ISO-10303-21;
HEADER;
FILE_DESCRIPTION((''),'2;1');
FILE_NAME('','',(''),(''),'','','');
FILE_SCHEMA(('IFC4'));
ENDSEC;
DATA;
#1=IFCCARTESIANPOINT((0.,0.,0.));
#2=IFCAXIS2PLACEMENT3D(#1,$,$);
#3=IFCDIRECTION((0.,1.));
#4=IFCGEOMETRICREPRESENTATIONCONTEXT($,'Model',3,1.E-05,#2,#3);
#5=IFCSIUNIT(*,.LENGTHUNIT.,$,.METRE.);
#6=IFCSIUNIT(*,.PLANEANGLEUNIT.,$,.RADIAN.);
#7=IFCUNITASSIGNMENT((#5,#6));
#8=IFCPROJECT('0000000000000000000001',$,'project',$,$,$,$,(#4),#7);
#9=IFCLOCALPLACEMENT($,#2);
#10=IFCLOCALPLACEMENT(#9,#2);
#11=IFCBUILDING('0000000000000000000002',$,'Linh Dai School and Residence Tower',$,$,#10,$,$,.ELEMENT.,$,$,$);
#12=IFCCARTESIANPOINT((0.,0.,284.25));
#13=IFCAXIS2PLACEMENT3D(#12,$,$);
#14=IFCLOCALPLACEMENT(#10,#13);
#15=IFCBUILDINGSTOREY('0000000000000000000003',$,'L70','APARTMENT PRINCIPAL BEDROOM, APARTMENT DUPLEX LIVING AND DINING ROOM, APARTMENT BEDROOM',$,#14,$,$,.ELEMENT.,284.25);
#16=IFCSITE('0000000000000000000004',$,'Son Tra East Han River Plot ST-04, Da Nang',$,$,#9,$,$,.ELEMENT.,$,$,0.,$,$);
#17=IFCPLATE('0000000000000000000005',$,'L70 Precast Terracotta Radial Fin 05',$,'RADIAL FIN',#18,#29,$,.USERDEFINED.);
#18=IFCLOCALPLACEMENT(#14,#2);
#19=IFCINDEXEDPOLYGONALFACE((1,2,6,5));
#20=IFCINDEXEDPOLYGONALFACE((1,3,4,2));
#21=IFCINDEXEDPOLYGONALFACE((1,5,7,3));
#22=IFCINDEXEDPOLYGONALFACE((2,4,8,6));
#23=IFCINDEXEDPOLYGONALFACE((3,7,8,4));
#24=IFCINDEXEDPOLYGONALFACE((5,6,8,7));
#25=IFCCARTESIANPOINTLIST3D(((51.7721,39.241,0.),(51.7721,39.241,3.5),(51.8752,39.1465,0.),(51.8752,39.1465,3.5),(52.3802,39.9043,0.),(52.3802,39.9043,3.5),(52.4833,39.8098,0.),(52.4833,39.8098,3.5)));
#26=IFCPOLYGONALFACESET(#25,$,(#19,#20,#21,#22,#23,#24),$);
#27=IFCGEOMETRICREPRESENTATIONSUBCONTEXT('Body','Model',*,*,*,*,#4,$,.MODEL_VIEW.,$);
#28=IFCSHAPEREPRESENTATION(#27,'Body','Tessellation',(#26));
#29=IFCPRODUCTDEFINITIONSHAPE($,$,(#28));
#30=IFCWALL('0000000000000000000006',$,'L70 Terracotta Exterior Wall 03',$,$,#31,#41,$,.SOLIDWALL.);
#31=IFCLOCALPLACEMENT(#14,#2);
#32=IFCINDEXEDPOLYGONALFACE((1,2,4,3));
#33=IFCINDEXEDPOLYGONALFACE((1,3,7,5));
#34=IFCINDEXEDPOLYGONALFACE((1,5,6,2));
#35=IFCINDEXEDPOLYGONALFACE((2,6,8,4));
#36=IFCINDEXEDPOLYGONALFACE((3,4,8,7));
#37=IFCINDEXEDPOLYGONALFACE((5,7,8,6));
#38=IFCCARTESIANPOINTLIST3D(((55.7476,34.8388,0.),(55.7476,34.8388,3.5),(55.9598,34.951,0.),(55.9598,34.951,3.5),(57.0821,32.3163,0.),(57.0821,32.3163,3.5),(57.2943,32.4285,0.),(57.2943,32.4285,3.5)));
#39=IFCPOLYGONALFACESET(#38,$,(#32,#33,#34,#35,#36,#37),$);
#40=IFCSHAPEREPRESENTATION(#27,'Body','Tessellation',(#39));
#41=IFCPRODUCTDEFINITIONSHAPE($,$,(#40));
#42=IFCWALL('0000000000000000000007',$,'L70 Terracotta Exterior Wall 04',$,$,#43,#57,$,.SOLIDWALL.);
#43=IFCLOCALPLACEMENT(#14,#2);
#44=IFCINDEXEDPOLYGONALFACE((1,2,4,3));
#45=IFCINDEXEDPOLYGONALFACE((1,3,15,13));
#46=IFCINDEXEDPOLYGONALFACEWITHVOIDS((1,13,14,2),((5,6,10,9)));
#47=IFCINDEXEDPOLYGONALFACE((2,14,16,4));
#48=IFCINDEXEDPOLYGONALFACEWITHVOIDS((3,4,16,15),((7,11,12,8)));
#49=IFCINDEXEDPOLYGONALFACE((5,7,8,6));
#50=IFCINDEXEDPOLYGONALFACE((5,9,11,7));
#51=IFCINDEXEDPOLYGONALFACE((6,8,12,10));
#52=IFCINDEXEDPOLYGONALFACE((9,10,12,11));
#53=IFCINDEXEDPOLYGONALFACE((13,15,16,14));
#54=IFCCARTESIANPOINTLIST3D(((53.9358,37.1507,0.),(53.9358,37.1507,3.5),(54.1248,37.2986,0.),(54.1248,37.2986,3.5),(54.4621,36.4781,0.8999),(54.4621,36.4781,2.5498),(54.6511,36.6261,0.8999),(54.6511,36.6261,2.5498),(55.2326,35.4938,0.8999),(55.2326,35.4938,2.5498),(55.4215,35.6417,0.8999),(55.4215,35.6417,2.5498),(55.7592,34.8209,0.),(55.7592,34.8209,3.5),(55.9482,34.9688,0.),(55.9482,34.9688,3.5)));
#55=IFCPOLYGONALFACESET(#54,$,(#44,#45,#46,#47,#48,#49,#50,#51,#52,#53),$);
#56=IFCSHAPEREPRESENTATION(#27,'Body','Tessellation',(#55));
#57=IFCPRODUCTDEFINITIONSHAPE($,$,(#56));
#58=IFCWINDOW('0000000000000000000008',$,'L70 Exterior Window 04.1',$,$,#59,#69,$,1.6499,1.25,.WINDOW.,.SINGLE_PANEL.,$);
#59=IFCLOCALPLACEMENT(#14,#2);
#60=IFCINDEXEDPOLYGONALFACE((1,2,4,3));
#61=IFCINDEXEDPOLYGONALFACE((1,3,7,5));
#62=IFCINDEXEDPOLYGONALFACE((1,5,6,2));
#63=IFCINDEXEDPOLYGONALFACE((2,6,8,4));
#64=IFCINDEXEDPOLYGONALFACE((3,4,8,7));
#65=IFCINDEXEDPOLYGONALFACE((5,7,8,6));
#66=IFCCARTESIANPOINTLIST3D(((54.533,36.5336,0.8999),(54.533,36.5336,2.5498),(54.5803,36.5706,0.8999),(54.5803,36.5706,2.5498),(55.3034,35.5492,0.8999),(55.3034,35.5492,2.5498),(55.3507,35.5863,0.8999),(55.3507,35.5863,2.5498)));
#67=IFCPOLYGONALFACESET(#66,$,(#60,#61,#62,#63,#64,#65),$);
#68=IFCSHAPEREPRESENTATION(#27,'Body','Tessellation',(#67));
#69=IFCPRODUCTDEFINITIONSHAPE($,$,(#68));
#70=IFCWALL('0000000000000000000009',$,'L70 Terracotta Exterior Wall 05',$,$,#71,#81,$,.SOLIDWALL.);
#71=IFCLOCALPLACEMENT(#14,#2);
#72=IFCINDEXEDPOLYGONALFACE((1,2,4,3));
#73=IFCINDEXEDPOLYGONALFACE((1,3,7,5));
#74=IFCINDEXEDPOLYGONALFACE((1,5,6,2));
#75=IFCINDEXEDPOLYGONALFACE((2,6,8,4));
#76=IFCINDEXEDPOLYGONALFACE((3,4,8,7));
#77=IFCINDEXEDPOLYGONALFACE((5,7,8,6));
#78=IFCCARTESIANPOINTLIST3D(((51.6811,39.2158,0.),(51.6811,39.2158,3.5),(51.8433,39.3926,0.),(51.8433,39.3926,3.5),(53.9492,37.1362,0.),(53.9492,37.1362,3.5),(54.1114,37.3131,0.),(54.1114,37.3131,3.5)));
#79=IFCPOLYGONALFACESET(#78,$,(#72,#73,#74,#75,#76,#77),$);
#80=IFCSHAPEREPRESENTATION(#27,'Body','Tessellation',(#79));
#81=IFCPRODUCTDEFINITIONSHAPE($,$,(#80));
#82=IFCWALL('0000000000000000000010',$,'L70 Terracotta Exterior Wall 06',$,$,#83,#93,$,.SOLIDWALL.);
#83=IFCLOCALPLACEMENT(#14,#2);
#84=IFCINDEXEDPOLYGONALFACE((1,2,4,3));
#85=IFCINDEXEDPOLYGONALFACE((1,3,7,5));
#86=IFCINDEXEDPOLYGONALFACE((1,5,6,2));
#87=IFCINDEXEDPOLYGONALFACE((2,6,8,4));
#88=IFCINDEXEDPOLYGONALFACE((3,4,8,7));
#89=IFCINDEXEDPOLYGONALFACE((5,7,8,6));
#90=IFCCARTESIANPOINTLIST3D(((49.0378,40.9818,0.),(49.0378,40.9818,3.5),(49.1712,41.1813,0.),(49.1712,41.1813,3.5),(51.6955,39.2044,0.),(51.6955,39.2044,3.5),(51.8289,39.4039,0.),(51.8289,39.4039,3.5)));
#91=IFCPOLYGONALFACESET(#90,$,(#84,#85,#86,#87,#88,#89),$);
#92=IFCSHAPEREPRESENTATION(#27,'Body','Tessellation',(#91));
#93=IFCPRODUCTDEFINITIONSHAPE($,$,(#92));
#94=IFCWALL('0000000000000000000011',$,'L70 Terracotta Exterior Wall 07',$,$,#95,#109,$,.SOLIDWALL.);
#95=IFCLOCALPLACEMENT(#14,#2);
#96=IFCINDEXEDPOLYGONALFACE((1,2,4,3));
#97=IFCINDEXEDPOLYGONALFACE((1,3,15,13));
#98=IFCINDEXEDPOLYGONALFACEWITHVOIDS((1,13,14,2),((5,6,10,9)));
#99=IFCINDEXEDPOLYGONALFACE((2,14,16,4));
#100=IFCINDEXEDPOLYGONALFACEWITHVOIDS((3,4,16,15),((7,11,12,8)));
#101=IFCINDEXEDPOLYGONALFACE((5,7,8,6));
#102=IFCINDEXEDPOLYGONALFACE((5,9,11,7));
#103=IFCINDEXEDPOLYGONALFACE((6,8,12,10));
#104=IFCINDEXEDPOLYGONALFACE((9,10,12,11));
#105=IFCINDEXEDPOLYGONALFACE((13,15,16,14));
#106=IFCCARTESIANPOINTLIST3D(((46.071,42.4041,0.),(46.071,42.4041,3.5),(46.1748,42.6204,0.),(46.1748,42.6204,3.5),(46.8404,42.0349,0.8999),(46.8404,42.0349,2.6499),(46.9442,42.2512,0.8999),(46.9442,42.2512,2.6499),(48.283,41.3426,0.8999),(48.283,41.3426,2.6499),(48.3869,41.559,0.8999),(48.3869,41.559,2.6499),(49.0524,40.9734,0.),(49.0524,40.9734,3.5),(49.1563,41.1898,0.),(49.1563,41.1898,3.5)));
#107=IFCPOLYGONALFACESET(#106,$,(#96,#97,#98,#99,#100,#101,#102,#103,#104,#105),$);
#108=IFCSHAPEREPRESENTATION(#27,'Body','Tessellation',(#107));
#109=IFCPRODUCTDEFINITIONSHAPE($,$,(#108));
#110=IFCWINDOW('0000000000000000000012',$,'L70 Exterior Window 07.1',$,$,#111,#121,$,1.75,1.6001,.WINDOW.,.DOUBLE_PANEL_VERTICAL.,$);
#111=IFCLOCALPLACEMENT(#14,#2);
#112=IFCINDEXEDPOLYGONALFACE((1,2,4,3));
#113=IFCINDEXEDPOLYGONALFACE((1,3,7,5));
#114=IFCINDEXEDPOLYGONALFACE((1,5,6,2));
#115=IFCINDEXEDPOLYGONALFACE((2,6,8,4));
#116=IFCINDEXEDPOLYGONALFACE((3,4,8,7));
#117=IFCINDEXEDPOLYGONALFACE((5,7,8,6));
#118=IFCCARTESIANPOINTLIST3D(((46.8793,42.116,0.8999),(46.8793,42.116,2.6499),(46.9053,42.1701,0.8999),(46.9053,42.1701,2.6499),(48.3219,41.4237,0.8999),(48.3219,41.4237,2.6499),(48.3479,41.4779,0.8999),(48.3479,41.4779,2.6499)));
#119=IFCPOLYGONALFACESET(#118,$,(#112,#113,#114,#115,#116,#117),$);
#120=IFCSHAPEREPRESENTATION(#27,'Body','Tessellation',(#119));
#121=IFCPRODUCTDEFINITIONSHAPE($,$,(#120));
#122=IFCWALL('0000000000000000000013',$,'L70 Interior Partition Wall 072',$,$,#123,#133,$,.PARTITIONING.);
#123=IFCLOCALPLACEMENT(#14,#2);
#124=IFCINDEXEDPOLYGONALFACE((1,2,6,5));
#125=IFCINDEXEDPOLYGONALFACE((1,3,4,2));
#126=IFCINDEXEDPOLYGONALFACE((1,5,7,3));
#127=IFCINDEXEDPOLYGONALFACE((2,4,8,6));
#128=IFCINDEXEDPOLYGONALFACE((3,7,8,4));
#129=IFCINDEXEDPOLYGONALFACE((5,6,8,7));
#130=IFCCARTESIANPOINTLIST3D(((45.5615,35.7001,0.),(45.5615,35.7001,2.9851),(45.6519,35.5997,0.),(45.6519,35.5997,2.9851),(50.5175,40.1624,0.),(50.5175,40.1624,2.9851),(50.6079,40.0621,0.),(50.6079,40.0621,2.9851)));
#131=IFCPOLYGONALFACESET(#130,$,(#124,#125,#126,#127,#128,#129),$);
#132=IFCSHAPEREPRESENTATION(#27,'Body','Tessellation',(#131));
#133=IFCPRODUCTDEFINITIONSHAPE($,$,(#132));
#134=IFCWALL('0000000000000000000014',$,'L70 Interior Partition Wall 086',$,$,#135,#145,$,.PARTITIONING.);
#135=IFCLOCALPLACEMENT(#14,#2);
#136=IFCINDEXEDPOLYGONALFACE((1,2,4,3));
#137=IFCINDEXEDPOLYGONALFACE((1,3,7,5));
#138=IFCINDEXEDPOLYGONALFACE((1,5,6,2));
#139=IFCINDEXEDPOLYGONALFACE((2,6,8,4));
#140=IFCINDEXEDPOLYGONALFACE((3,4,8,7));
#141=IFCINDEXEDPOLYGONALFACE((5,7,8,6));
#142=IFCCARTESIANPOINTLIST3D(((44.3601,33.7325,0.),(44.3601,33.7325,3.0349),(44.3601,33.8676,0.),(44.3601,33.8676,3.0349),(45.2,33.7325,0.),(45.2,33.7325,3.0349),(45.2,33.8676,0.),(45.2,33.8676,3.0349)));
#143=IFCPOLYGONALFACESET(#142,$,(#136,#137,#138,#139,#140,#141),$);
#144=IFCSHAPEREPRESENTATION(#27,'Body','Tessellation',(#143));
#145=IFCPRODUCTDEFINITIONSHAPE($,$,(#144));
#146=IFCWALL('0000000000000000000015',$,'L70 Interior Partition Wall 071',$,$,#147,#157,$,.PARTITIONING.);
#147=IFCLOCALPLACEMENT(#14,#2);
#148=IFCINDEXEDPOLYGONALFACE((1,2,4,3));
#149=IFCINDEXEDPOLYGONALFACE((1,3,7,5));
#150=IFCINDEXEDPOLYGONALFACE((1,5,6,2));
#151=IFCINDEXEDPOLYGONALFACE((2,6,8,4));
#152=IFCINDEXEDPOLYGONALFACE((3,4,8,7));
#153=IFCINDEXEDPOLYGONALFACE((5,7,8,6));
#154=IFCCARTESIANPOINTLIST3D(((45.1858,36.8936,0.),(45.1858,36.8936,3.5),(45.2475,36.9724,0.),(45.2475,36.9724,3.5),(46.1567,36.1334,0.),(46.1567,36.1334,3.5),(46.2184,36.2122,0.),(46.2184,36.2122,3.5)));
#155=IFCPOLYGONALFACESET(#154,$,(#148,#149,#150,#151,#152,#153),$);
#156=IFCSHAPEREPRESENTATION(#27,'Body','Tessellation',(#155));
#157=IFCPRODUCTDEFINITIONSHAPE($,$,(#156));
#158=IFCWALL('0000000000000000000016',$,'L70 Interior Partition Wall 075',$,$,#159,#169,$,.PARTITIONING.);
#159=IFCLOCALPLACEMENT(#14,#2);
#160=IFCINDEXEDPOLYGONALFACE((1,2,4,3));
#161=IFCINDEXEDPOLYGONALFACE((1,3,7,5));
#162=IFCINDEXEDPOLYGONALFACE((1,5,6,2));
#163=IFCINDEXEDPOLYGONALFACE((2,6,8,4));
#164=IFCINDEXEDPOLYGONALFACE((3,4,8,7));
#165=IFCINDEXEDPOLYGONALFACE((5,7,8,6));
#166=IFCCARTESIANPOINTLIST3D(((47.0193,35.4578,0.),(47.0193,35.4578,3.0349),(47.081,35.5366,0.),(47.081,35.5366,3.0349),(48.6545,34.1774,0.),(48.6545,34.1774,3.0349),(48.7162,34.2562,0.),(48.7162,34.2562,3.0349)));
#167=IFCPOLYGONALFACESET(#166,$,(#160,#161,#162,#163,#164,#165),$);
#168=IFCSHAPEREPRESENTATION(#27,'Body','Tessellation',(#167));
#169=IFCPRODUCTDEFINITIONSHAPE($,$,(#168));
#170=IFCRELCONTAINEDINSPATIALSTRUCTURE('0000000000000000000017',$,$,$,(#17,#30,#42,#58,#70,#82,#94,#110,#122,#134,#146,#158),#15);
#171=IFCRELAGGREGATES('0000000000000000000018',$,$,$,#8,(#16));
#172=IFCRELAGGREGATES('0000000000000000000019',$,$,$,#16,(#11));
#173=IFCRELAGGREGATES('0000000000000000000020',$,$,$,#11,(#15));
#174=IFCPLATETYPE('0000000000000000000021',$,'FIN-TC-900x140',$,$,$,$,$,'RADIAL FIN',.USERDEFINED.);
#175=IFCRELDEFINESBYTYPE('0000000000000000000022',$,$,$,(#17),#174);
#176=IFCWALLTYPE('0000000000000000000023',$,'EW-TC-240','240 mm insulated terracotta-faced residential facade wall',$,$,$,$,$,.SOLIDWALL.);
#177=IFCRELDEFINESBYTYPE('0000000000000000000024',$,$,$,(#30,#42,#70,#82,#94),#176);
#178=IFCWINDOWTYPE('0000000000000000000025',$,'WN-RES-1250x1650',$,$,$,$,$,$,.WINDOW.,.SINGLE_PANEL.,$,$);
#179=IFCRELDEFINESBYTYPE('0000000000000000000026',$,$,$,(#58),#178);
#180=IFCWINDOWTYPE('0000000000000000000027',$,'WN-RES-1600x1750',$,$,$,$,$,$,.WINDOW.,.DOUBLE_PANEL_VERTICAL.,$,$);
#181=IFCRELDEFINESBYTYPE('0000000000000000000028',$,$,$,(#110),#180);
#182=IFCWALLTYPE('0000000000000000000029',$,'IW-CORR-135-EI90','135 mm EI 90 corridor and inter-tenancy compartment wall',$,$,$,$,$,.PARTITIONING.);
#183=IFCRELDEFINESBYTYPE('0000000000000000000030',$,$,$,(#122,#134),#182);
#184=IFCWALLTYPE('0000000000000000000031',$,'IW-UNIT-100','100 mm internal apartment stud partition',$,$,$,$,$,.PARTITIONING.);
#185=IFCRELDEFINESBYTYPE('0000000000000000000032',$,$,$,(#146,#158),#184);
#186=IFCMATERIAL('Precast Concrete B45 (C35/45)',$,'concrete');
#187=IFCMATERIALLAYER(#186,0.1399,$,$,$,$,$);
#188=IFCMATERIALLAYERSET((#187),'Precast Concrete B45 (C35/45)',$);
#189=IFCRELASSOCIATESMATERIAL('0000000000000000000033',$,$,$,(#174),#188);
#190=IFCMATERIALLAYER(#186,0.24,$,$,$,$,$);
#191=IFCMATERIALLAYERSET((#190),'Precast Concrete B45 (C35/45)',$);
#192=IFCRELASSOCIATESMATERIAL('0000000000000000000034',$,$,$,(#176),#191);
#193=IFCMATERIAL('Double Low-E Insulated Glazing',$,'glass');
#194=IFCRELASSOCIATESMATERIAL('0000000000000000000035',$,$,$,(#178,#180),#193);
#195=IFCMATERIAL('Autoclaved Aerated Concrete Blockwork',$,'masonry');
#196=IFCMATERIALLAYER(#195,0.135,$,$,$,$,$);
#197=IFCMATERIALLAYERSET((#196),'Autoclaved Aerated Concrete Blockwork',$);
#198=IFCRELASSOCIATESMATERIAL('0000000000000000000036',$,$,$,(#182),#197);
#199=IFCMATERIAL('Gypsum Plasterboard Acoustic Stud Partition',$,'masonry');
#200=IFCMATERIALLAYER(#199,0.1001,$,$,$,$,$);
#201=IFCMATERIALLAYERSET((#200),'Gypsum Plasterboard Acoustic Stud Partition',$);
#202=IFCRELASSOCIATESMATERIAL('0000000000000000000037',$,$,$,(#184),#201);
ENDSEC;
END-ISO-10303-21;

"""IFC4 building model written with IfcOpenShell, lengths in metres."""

from ifc_helpers import new_model, si_unit, direction, frame, frame_2d, origin, origin_2d, place, context, subcontext, project, spatial, rectangle, extrude, source, transform, mapped, material, layer, layer_set, type_object, element, fill, save


model = new_model("IFC4")

# Units and contexts
model_context = context("Model", 3, precision=1e-05, world=origin(), true_north=direction((0.0, 1.0)))
body_context = subcontext(model_context, "Body", "Model", "MODEL_VIEW")
ifc_project = project(units=[si_unit("LENGTHUNIT", "METRE"), si_unit("PLANEANGLEUNIT", "RADIAN")], contexts=[model_context])

# Site, building, storey
site_placement = place(None, origin())
site = spatial("IfcSite", under=ifc_project, at=site_placement, Name="Son Tra East Han River Plot ST-04, Da Nang", CompositionType="ELEMENT", RefElevation=0.0)
building_placement = place(site_placement, origin())
building = spatial("IfcBuilding", under=site, at=building_placement, Name="Linh Dai School and Residence Tower", CompositionType="ELEMENT")
storey_placement = place(building_placement, frame((0.0, 0.0, 284.25)))
storey = spatial("IfcBuildingStorey", under=building, at=storey_placement, Name="L70", Description="APARTMENT PRINCIPAL BEDROOM, APARTMENT DUPLEX LIVING AND DINING ROOM, APARTMENT BEDROOM", CompositionType="ELEMENT", Elevation=284.25)

# Plate
ifc_material_1 = material(Name="Precast Concrete B45 (C35/45)", Category="concrete")
ifc_layer_1 = layer(ifc_material_1, 0.1399)
ifc_layer_set_1 = layer_set([ifc_layer_1], Name="Precast Concrete B45 (C35/45)")
plate_type = type_object("IfcPlateType", Name="FIN-TC-900x140", ElementType="RADIAL FIN", PredefinedType="USERDEFINED", material=ifc_layer_set_1)
shared_shape_1 = source(origin(), body_context, "Body", "SweptSolid", [
    extrude(rectangle(XDim=0.8999, YDim=0.1399, at=origin_2d()), origin(), (0.0, 0.0, 1.0), 3.5),
])
plate_placement = place(storey_placement, frame((52.1277, 39.5254, 0.0), z_axis=(0.0, 0.0, 1.0), x_axis=(0.675777, 0.737106, 0.0)))
element("IfcPlate", 1, at=plate_placement, inside=storey, type_object=plate_type, Name="L70 Precast Terracotta Radial Fin 05", ObjectType="RADIAL FIN", PredefinedType="USERDEFINED", context=body_context, shape_type="MappedRepresentation", body=[
    mapped(shared_shape_1, transform((0.0, 0.0, 0.0), x_axis=(1.0, 0.0, 0.0), y_axis=(0.0, 1.0, 0.0), z_axis=(0.0, 0.0, 1.0), scale=1.0)),
])

# Wall
ifc_layer_2 = layer(ifc_material_1, 0.24)
ifc_layer_set_2 = layer_set([ifc_layer_2], Name="Precast Concrete B45 (C35/45)")
wall_type_1 = type_object("IfcWallType", Name="EW-TC-240", Description="240 mm insulated terracotta-faced residential facade wall", PredefinedType="SOLIDWALL", material=ifc_layer_set_2)
wall_1_placement = place(storey_placement, frame((55.8538, 34.8948, 0.0), z_axis=(0.0, 0.0, 1.0), x_axis=(0.467628, -0.883925, 0.0)))
element("IfcWall", 2, at=wall_1_placement, inside=storey, type_object=wall_type_1, Name="L70 Terracotta Exterior Wall 03", PredefinedType="SOLIDWALL", context=body_context, shape_type="SweptSolid", body=[
    extrude(rectangle(XDim=2.8538, YDim=0.24, at=frame_2d((1.4268, 0.0))), origin(), (0.0, 0.0, 1.0), 3.5),
])

# Wall, opening, window
wall_2_placement = place(storey_placement, frame((54.0303, 37.2246, 0.0), z_axis=(0.0, 0.0, 1.0), x_axis=(0.616337, -0.787482, 0.0)))
wall_2 = element("IfcWall", 3, at=wall_2_placement, inside=storey, type_object=wall_type_1, Name="L70 Terracotta Exterior Wall 04", PredefinedType="SOLIDWALL", context=body_context, shape_type="SweptSolid", body=[
    extrude(rectangle(XDim=2.9585, YDim=0.24, at=frame_2d((1.4792, 0.0))), origin(), (0.0, 0.0, 1.0), 3.5),
])
opening_1_placement = place(wall_2_placement, frame((0.854, 0.0, 0.8999)))
opening_1 = element("IfcOpeningElement", 4, at=opening_1_placement, cuts=wall_2, PredefinedType="OPENING", context=body_context, shape_type="SweptSolid", body=[
    extrude(rectangle(XDim=1.25, YDim=1.6499, at=origin_2d()), frame((0.625, 0.1299, 0.825), z_axis=(0.0, -1.0, 0.0), x_axis=(1.0, 0.0, 0.0)), (0.0, 0.0, 1.0), 0.26),
])
ifc_material_2 = material(Name="Double Low-E Insulated Glazing", Category="glass")
window_type_1 = type_object("IfcWindowType", Name="WN-RES-1250x1650", PartitioningType="SINGLE_PANEL", PredefinedType="WINDOW", material=ifc_material_2)
shared_shape_2 = source(origin(), body_context, "Body", "SweptSolid", [
    extrude(rectangle(XDim=1.25, YDim=1.6499, at=origin_2d()), frame((0.625, 0.03, 0.825), z_axis=(0.0, -1.0, 0.0), x_axis=(1.0, 0.0, 0.0)), (0.0, 0.0, 1.0), 0.0601),
])
window_1_placement = place(opening_1_placement, origin())
window_1 = element("IfcWindow", 5, at=window_1_placement, inside=storey, type_object=window_type_1, Name="L70 Exterior Window 04.1", OverallHeight=1.6499, OverallWidth=1.25, PartitioningType="SINGLE_PANEL", PredefinedType="WINDOW", context=body_context, shape_type="MappedRepresentation", body=[
    mapped(shared_shape_2, transform((0.0, 0.0, 0.0), x_axis=(1.0, 0.0, 0.0), y_axis=(0.0, 1.0, 0.0), z_axis=(0.0, 0.0, 1.0), scale=1.0)),
])
fill(opening_1, window_1)

# Walls
wall_3_placement = place(storey_placement, frame((51.7622, 39.3042, 0.0), z_axis=(0.0, 0.0, 1.0), x_axis=(0.737069, -0.675818, 0.0)))
element("IfcWall", 6, at=wall_3_placement, inside=storey, type_object=wall_type_1, Name="L70 Terracotta Exterior Wall 05", PredefinedType="SOLIDWALL", context=body_context, shape_type="SweptSolid", body=[
    extrude(rectangle(XDim=3.0771, YDim=0.24, at=frame_2d((1.5386, 0.0))), origin(), (0.0, 0.0, 1.0), 3.5),
])
wall_4_placement = place(storey_placement, frame((49.1045, 41.0815, 0.0), z_axis=(0.0, 0.0, 1.0), x_axis=(0.831251, -0.555898, 0.0)))
element("IfcWall", 7, at=wall_4_placement, inside=storey, type_object=wall_type_1, Name="L70 Terracotta Exterior Wall 06", PredefinedType="SOLIDWALL", context=body_context, shape_type="SweptSolid", body=[
    extrude(rectangle(XDim=3.1973, YDim=0.24, at=frame_2d((1.5986, 0.0))), origin(), (0.0, 0.0, 1.0), 3.5),
])

# Wall, opening, window
wall_5_placement = place(storey_placement, frame((46.123, 42.5122, 0.0), z_axis=(0.0, 0.0, 1.0), x_axis=(0.901574, -0.432625, 0.0)))
wall_5 = element("IfcWall", 8, at=wall_5_placement, inside=storey, type_object=wall_type_1, Name="L70 Terracotta Exterior Wall 07", PredefinedType="SOLIDWALL", context=body_context, shape_type="SweptSolid", body=[
    extrude(rectangle(XDim=3.3069, YDim=0.24, at=frame_2d((1.6533, 0.0))), origin(), (0.0, 0.0, 1.0), 3.5),
])
opening_2_placement = place(wall_5_placement, frame((0.8533, 0.0, 0.8999)))
opening_2 = element("IfcOpeningElement", 9, at=opening_2_placement, cuts=wall_5, PredefinedType="OPENING", context=body_context, shape_type="SweptSolid", body=[
    extrude(rectangle(XDim=1.6001, YDim=1.75, at=origin_2d()), frame((0.8, 0.1299, 0.875), z_axis=(0.0, -1.0, 0.0), x_axis=(1.0, 0.0, 0.0)), (0.0, 0.0, 1.0), 0.26),
])
window_type_2 = type_object("IfcWindowType", Name="WN-RES-1600x1750", PartitioningType="DOUBLE_PANEL_VERTICAL", PredefinedType="WINDOW", material=ifc_material_2)
shared_shape_3 = source(origin(), body_context, "Body", "SweptSolid", [
    extrude(rectangle(XDim=1.6001, YDim=1.75, at=origin_2d()), frame((0.8, 0.03, 0.875), z_axis=(0.0, -1.0, 0.0), x_axis=(1.0, 0.0, 0.0)), (0.0, 0.0, 1.0), 0.0601),
])
window_2_placement = place(opening_2_placement, origin())
window_2 = element("IfcWindow", 10, at=window_2_placement, inside=storey, type_object=window_type_2, Name="L70 Exterior Window 07.1", OverallHeight=1.75, OverallWidth=1.6001, PartitioningType="DOUBLE_PANEL_VERTICAL", PredefinedType="WINDOW", context=body_context, shape_type="MappedRepresentation", body=[
    mapped(shared_shape_3, transform((0.0, 0.0, 0.0), x_axis=(1.0, 0.0, 0.0), y_axis=(0.0, 1.0, 0.0), z_axis=(0.0, 0.0, 1.0), scale=1.0)),
])
fill(opening_2, window_2)

# Walls
ifc_material_3 = material(Name="Autoclaved Aerated Concrete Blockwork", Category="masonry")
ifc_layer_3 = layer(ifc_material_3, 0.135)
ifc_layer_set_3 = layer_set([ifc_layer_3], Name="Autoclaved Aerated Concrete Blockwork")
wall_type_2 = type_object("IfcWallType", Name="IW-CORR-135-EI90", Description="135 mm EI 90 corridor and inter-tenancy compartment wall", PredefinedType="PARTITIONING", material=ifc_layer_set_3)
wall_6_placement = place(storey_placement, frame((45.6067, 35.6499, 0.0), z_axis=(0.0, 0.0, 1.0), x_axis=(0.743149, 0.669127, 0.0)))
element("IfcWall", 11, at=wall_6_placement, inside=storey, type_object=wall_type_2, Name="L70 Interior Partition Wall 072", PredefinedType="PARTITIONING", context=body_context, shape_type="SweptSolid", body=[
    extrude(rectangle(XDim=6.6689, YDim=0.135, at=frame_2d((3.3345, 0.0))), origin(), (0.0, 0.0, 1.0), 2.9851),
])
wall_7_placement = place(storey_placement, frame((45.2, 33.8, 0.0), z_axis=(0.0, 0.0, 1.0), x_axis=(-1.0, 0.0, 0.0)))
element("IfcWall", 12, at=wall_7_placement, inside=storey, type_object=wall_type_2, Name="L70 Interior Partition Wall 086", PredefinedType="PARTITIONING", context=body_context, shape_type="SweptSolid", body=[
    extrude(rectangle(XDim=0.8398, YDim=0.135, at=frame_2d((0.4199, 0.0))), origin(), (0.0, 0.0, 1.0), 3.0349),
])
ifc_material_4 = material(Name="Gypsum Plasterboard Acoustic Stud Partition", Category="masonry")
ifc_layer_4 = layer(ifc_material_4, 0.1001)
ifc_layer_set_4 = layer_set([ifc_layer_4], Name="Gypsum Plasterboard Acoustic Stud Partition")
wall_type_3 = type_object("IfcWallType", Name="IW-UNIT-100", Description="100 mm internal apartment stud partition", PredefinedType="PARTITIONING", material=ifc_layer_set_4)
wall_8_placement = place(storey_placement, frame((45.2166, 36.9331, 0.0), z_axis=(0.0, 0.0, 1.0), x_axis=(0.787355, -0.6165, 0.0)))
element("IfcWall", 13, at=wall_8_placement, inside=storey, type_object=wall_type_3, Name="L70 Interior Partition Wall 071", PredefinedType="PARTITIONING", context=body_context, shape_type="SweptSolid", body=[
    extrude(rectangle(XDim=1.2332, YDim=0.1001, at=frame_2d((0.6167, 0.0))), origin(), (0.0, 0.0, 1.0), 3.5),
])
wall_9_placement = place(storey_placement, frame((47.05, 35.4973, 0.0), z_axis=(0.0, 0.0, 1.0), x_axis=(0.787329, -0.616533, 0.0)))
element("IfcWall", 14, at=wall_9_placement, inside=storey, type_object=wall_type_3, Name="L70 Interior Partition Wall 075", PredefinedType="PARTITIONING", context=body_context, shape_type="SweptSolid", body=[
    extrude(rectangle(XDim=2.0769, YDim=0.1001, at=frame_2d((1.0386, 0.0))), origin(), (0.0, 0.0, 1.0), 3.0349),
])

save(model, "model.ifc")
